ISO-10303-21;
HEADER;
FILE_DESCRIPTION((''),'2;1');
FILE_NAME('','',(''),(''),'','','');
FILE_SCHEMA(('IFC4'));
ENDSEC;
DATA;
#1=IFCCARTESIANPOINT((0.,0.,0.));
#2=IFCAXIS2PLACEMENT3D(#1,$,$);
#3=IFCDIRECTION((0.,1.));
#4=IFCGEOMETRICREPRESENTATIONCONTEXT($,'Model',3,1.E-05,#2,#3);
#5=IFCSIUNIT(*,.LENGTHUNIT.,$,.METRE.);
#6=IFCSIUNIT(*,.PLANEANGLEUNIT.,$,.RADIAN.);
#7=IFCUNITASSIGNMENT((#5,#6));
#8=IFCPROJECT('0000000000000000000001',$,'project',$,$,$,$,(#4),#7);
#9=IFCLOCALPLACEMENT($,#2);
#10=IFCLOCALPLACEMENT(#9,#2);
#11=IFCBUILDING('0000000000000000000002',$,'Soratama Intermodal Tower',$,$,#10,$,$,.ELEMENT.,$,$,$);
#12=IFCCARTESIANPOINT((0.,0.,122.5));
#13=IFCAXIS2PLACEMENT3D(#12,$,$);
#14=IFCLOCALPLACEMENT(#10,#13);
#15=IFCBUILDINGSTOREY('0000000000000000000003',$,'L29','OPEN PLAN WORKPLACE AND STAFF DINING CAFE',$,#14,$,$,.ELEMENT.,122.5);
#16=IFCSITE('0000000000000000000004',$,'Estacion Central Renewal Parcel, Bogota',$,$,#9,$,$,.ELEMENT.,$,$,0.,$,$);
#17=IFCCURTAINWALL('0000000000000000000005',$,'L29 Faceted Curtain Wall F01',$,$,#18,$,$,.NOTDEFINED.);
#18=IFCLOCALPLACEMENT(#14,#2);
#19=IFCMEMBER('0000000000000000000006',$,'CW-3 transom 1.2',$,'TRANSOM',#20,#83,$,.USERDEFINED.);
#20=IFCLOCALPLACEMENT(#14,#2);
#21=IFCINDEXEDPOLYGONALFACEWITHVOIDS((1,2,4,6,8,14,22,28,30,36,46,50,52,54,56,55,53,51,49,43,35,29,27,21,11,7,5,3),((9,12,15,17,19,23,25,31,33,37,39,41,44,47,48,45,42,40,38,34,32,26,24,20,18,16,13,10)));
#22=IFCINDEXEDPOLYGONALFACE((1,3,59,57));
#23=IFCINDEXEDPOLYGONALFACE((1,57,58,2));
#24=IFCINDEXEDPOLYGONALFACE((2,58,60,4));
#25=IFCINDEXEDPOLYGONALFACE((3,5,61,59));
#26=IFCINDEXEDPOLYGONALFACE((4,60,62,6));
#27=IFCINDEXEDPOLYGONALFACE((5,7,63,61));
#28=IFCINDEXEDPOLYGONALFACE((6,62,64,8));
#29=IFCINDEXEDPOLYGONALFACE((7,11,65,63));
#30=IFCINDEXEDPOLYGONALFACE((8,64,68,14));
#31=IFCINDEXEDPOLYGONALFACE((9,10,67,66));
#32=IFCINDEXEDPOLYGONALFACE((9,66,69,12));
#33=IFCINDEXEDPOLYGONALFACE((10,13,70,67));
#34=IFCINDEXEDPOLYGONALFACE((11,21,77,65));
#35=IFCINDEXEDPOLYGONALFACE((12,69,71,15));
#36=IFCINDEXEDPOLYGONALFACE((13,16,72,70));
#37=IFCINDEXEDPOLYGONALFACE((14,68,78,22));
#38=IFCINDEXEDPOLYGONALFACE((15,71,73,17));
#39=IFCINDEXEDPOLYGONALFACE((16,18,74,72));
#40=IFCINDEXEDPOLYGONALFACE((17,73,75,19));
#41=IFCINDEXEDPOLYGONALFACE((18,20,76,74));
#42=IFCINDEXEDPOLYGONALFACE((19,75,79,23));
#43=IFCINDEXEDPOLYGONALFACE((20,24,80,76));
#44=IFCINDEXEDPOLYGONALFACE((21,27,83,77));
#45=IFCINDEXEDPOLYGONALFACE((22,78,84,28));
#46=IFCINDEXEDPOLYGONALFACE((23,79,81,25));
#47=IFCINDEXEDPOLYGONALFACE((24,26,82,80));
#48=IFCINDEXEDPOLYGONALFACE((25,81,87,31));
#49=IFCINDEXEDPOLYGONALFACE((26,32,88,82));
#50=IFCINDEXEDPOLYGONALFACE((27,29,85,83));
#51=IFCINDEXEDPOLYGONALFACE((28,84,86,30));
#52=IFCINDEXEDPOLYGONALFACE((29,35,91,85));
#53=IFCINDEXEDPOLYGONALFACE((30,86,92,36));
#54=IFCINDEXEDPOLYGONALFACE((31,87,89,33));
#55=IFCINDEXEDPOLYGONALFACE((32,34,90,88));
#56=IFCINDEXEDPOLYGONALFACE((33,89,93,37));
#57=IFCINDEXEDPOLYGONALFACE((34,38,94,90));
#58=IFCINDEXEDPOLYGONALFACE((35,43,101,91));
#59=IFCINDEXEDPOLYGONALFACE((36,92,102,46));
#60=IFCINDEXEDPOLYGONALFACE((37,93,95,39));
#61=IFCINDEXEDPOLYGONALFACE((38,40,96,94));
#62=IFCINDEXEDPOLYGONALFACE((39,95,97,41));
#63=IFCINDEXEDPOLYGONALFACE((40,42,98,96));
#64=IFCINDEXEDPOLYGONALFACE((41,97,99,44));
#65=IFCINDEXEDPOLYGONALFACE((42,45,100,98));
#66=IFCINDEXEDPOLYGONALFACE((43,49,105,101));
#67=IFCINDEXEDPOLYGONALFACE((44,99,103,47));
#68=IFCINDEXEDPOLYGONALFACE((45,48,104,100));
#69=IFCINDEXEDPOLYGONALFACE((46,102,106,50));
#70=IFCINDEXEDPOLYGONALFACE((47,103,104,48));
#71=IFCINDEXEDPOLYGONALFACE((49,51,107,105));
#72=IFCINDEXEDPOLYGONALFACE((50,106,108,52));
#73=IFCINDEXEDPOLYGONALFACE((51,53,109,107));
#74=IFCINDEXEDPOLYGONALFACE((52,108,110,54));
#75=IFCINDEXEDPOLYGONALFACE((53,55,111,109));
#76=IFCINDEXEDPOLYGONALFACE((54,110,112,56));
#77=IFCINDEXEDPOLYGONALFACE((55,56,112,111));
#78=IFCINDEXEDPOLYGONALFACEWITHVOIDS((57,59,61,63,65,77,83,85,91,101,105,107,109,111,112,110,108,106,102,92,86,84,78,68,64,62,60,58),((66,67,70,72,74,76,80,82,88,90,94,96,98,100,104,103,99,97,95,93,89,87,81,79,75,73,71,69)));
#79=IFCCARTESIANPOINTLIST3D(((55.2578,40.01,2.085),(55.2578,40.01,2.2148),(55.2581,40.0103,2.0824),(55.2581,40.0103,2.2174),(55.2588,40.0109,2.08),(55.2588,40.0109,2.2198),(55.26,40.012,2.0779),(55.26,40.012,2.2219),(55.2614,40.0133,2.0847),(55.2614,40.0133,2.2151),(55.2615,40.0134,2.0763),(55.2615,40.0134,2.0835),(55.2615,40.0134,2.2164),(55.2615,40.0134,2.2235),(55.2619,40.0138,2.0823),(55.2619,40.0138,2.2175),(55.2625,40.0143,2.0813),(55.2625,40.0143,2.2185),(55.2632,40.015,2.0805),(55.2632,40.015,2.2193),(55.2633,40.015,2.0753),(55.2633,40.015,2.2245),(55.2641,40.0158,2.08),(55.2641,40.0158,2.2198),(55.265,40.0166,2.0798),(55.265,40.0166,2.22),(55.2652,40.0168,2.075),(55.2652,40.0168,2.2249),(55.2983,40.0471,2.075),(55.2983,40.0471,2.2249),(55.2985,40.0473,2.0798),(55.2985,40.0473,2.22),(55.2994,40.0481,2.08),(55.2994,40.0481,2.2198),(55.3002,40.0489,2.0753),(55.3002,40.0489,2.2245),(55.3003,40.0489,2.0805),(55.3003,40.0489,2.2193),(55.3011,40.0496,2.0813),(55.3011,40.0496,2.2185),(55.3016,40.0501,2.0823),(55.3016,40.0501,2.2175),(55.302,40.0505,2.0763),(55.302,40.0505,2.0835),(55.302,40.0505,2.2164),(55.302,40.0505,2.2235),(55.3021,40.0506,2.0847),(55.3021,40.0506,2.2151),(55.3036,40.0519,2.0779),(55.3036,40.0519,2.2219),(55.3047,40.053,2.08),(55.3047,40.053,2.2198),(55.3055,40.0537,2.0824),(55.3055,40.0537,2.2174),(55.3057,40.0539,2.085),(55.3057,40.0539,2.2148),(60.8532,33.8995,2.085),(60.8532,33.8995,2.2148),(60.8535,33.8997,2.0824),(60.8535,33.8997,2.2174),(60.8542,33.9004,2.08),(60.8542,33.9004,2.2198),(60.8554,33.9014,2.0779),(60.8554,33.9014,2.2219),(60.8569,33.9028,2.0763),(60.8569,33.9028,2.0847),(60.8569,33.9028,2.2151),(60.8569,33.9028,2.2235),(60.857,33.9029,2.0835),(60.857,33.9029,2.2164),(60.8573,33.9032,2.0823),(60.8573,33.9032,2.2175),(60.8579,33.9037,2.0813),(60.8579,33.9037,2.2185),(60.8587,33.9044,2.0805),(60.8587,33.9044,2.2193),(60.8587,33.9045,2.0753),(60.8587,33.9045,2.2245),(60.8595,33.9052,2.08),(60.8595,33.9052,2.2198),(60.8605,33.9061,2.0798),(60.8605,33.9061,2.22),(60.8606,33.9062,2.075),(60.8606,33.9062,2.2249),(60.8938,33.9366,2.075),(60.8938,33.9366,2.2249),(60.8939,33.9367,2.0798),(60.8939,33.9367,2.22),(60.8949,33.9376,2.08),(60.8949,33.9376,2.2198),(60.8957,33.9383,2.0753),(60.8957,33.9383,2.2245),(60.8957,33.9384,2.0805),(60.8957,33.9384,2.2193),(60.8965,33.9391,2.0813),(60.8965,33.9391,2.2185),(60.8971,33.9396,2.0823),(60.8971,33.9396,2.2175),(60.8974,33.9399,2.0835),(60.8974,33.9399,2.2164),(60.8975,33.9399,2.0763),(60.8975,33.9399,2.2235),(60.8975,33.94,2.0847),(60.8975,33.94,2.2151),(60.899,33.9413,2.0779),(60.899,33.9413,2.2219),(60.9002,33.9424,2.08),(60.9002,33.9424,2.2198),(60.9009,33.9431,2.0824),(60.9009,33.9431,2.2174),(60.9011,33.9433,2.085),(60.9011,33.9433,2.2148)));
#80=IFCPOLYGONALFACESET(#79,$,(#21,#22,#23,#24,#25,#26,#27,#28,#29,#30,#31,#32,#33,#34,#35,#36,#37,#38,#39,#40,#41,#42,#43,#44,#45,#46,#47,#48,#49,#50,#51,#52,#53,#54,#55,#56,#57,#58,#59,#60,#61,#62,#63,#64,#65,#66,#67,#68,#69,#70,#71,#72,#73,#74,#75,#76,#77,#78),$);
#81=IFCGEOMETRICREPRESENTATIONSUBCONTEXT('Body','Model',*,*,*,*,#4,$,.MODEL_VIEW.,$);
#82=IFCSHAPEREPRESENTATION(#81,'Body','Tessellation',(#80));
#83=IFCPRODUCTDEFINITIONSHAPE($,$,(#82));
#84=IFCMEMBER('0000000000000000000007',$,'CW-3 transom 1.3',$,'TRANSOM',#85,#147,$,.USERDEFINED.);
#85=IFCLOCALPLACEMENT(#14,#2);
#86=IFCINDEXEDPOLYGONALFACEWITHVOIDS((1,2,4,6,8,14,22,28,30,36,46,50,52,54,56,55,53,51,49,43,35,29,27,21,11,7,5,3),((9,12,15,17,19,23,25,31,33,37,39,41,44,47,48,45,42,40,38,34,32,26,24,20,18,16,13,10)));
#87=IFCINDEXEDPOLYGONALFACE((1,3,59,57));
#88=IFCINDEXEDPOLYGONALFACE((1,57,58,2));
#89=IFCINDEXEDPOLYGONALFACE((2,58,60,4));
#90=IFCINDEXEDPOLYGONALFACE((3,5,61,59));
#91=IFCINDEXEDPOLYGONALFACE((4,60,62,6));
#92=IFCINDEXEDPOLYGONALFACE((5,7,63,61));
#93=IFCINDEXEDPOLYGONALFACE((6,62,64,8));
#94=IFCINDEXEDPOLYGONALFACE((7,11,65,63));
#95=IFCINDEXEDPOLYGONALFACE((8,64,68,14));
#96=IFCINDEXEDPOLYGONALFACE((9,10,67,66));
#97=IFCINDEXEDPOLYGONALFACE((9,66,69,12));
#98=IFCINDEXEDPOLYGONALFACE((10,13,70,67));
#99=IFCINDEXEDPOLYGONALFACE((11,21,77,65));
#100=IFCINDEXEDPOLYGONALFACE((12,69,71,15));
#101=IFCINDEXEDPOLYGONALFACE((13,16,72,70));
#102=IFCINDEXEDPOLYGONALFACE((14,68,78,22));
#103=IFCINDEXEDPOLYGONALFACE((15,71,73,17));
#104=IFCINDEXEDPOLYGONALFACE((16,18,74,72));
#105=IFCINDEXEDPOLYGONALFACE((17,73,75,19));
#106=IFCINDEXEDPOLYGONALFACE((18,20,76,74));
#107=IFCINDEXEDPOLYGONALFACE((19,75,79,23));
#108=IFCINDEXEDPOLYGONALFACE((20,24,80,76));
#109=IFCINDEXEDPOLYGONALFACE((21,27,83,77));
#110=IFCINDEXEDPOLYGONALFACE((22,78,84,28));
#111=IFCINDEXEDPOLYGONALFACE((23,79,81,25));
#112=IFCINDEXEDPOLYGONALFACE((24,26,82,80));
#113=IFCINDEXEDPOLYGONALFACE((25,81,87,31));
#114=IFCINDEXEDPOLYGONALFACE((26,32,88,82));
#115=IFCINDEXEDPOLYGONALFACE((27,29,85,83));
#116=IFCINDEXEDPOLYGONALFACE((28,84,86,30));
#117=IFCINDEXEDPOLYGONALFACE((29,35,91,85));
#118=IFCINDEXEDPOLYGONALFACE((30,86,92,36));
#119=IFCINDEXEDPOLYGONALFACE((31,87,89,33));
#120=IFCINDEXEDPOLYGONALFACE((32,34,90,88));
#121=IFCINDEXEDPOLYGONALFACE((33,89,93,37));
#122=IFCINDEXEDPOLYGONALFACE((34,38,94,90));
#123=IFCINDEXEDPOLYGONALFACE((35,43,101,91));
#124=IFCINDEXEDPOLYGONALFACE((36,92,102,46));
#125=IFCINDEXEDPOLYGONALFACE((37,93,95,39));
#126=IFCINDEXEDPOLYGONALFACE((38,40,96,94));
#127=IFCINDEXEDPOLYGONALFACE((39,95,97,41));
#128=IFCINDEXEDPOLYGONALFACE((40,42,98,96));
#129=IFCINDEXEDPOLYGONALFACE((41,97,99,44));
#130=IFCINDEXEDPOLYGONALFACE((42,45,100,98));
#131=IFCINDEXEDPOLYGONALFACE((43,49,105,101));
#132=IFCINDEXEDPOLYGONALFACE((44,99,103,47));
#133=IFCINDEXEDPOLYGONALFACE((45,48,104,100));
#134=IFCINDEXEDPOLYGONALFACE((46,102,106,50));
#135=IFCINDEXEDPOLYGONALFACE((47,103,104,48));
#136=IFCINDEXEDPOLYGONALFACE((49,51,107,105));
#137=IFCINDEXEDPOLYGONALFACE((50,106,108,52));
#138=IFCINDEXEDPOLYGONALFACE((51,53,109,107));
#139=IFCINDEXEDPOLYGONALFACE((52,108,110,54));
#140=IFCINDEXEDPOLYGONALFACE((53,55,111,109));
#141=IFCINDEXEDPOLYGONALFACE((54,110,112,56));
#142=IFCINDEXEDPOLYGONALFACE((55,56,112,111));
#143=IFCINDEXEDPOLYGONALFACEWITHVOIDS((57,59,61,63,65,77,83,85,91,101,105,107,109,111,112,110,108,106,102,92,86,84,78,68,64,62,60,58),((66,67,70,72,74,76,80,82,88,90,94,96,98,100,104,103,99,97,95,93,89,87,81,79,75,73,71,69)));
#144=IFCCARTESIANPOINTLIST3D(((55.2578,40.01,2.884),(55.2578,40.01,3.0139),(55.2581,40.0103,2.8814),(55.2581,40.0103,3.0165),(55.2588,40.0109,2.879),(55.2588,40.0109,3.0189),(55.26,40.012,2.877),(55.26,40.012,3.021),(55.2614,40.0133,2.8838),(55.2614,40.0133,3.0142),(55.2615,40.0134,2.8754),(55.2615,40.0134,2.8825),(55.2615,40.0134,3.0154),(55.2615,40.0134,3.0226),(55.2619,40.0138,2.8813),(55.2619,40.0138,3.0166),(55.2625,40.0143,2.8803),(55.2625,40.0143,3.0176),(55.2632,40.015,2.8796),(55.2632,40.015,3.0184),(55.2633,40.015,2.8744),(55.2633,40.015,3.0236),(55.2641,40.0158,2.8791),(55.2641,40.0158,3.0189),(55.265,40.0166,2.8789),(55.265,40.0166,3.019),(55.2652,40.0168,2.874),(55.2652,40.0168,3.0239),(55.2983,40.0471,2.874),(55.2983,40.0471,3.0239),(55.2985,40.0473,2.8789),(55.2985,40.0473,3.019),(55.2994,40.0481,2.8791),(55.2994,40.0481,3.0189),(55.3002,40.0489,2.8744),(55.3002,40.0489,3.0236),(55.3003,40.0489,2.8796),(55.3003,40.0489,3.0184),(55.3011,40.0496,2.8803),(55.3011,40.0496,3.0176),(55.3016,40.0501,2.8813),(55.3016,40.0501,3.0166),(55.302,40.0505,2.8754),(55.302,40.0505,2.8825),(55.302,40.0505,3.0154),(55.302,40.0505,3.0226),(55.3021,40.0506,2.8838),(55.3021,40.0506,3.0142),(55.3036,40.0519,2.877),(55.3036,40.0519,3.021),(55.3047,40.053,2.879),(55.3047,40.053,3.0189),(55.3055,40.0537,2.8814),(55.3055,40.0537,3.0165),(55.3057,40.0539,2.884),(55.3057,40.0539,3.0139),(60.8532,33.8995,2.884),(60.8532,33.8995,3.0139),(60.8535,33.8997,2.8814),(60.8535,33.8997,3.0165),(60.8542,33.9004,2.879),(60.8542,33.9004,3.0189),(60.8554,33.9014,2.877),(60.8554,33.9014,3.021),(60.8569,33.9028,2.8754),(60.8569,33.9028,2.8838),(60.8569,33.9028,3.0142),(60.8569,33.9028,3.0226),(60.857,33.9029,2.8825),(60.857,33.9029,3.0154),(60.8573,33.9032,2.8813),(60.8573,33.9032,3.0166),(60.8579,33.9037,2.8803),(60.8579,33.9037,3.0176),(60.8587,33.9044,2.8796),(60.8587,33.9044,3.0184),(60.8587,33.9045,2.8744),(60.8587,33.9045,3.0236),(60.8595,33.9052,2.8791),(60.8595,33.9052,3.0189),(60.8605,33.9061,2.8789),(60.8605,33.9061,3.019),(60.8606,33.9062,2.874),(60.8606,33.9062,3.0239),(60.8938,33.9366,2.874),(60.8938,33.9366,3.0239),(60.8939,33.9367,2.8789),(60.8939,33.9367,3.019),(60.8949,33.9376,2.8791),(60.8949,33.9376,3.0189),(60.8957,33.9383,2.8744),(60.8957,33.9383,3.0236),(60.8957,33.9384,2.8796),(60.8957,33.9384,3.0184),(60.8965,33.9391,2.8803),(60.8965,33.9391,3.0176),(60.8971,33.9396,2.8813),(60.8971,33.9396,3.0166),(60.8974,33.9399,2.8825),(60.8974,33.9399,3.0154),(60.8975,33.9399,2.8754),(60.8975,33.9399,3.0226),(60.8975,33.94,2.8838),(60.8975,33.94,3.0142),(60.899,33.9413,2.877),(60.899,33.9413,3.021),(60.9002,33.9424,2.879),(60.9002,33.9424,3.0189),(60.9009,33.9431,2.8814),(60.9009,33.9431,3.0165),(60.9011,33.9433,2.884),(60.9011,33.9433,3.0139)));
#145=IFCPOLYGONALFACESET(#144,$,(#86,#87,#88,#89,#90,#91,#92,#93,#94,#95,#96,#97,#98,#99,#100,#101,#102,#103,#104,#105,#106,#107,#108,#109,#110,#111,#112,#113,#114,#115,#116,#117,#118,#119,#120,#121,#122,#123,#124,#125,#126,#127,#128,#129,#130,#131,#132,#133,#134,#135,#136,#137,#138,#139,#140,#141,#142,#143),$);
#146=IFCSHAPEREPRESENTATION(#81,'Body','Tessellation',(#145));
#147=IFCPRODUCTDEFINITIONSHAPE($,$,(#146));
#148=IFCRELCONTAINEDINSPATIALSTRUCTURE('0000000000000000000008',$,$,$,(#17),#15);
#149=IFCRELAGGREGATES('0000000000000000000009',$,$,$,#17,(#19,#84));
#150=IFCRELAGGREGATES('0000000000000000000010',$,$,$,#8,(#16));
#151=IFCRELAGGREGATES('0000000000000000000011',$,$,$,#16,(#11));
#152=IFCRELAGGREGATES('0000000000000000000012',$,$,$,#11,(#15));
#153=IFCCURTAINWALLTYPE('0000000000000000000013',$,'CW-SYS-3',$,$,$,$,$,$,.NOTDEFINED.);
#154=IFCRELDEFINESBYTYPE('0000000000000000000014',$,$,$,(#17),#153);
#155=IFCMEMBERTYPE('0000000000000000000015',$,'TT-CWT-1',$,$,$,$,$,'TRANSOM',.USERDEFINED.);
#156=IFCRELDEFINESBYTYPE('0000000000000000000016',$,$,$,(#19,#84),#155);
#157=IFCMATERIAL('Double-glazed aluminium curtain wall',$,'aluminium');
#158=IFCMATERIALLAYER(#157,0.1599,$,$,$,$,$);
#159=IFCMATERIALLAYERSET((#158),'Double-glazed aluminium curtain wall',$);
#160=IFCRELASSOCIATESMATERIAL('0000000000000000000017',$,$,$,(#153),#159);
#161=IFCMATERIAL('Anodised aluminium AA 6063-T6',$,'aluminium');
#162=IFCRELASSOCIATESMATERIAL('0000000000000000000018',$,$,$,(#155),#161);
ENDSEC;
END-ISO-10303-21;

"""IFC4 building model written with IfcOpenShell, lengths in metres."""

from ifc_helpers import new_model, si_unit, direction, frame, origin, origin_2d, place, context, subcontext, project, spatial, hollow_rectangle, extrude, material, layer, layer_set, material_profile, profile_set, type_object, element, aggregate, save


model = new_model("IFC4")

# Units and contexts
model_context = context("Model", 3, precision=1e-05, world=origin(), true_north=direction((0.0, 1.0)))
body_context = subcontext(model_context, "Body", "Model", "MODEL_VIEW")
ifc_project = project(units=[si_unit("LENGTHUNIT", "METRE"), si_unit("PLANEANGLEUNIT", "RADIAN")], contexts=[model_context])

# Site, building, storey
site_placement = place(None, origin())
site = spatial("IfcSite", under=ifc_project, at=site_placement, Name="Estacion Central Renewal Parcel, Bogota", CompositionType="ELEMENT", RefElevation=0.0)
building_placement = place(site_placement, origin())
building = spatial("IfcBuilding", under=site, at=building_placement, Name="Soratama Intermodal Tower", CompositionType="ELEMENT")
storey_placement = place(building_placement, frame((0.0, 0.0, 122.5)))
storey = spatial("IfcBuildingStorey", under=building, at=storey_placement, Name="L29", Description="OPEN PLAN WORKPLACE AND STAFF DINING CAFE", CompositionType="ELEMENT", Elevation=122.5)

# Curtain wall
ifc_material_1 = material(Name="Double-glazed aluminium curtain wall", Category="aluminium")
ifc_layer_1 = layer(ifc_material_1, 0.1599)
ifc_layer_set_1 = layer_set([ifc_layer_1], Name="Double-glazed aluminium curtain wall")
curtain_wall_type = type_object("IfcCurtainWallType", Name="CW-SYS-3", PredefinedType="NOTDEFINED", material=ifc_layer_set_1)
curtain_wall_1_placement = place(storey_placement, origin())
curtain_wall_1 = element("IfcCurtainWall", 1, at=curtain_wall_1_placement, inside=storey, type_object=curtain_wall_type, Name="L29 Faceted Curtain Wall F01", PredefinedType="NOTDEFINED")

# Members
ifc_material_2 = material(Name="Anodised aluminium AA 6063-T6", Category="aluminium")
ifc_material_profile_1 = material_profile(ifc_material_2, hollow_rectangle(XDim=0.0649, YDim=0.1499, WallThickness=0.0049, InnerFilletRadius=0.0049, OuterFilletRadius=0.01, at=origin_2d()), Name="CWT150X65X5")
ifc_profile_set_1 = profile_set([ifc_material_profile_1], Name="Anodised aluminium AA 6063-T6")
member_type_1 = type_object("IfcMemberType", Name="TT-CWT-1", ElementType="TRANSOM", PredefinedType="USERDEFINED", material=ifc_profile_set_1)
member_1_placement = place(storey_placement, frame((60.8772, 33.9214, 2.1499), z_axis=(-0.675336, 0.73751, 0.0), x_axis=(-0.73751, -0.675336, 0.0)))
member_1 = element("IfcMember", 2, at=member_1_placement, type_object=member_type_1, Name="CW-3 transom 1.2", ObjectType="TRANSOM", PredefinedType="USERDEFINED", context=body_context, shape_type="SweptSolid", body=[
    extrude(hollow_rectangle(XDim=0.0649, YDim=0.1499, WallThickness=0.0049, InnerFilletRadius=0.0049, OuterFilletRadius=0.01, at=origin_2d()), origin(), (0.0, 0.0, 1.0), 8.2854),
])
member_2_placement = place(storey_placement, frame((60.8772, 33.9214, 2.949), z_axis=(-0.675336, 0.73751, 0.0), x_axis=(-0.73751, -0.675336, 0.0)))
member_2 = element("IfcMember", 3, at=member_2_placement, type_object=member_type_1, Name="CW-3 transom 1.3", ObjectType="TRANSOM", PredefinedType="USERDEFINED", context=body_context, shape_type="SweptSolid", body=[
    extrude(hollow_rectangle(XDim=0.0649, YDim=0.1499, WallThickness=0.0049, InnerFilletRadius=0.0049, OuterFilletRadius=0.01, at=origin_2d()), origin(), (0.0, 0.0, 1.0), 8.2854),
])

aggregate(curtain_wall_1, [member_1, member_2])

save(model, "model.ifc")
